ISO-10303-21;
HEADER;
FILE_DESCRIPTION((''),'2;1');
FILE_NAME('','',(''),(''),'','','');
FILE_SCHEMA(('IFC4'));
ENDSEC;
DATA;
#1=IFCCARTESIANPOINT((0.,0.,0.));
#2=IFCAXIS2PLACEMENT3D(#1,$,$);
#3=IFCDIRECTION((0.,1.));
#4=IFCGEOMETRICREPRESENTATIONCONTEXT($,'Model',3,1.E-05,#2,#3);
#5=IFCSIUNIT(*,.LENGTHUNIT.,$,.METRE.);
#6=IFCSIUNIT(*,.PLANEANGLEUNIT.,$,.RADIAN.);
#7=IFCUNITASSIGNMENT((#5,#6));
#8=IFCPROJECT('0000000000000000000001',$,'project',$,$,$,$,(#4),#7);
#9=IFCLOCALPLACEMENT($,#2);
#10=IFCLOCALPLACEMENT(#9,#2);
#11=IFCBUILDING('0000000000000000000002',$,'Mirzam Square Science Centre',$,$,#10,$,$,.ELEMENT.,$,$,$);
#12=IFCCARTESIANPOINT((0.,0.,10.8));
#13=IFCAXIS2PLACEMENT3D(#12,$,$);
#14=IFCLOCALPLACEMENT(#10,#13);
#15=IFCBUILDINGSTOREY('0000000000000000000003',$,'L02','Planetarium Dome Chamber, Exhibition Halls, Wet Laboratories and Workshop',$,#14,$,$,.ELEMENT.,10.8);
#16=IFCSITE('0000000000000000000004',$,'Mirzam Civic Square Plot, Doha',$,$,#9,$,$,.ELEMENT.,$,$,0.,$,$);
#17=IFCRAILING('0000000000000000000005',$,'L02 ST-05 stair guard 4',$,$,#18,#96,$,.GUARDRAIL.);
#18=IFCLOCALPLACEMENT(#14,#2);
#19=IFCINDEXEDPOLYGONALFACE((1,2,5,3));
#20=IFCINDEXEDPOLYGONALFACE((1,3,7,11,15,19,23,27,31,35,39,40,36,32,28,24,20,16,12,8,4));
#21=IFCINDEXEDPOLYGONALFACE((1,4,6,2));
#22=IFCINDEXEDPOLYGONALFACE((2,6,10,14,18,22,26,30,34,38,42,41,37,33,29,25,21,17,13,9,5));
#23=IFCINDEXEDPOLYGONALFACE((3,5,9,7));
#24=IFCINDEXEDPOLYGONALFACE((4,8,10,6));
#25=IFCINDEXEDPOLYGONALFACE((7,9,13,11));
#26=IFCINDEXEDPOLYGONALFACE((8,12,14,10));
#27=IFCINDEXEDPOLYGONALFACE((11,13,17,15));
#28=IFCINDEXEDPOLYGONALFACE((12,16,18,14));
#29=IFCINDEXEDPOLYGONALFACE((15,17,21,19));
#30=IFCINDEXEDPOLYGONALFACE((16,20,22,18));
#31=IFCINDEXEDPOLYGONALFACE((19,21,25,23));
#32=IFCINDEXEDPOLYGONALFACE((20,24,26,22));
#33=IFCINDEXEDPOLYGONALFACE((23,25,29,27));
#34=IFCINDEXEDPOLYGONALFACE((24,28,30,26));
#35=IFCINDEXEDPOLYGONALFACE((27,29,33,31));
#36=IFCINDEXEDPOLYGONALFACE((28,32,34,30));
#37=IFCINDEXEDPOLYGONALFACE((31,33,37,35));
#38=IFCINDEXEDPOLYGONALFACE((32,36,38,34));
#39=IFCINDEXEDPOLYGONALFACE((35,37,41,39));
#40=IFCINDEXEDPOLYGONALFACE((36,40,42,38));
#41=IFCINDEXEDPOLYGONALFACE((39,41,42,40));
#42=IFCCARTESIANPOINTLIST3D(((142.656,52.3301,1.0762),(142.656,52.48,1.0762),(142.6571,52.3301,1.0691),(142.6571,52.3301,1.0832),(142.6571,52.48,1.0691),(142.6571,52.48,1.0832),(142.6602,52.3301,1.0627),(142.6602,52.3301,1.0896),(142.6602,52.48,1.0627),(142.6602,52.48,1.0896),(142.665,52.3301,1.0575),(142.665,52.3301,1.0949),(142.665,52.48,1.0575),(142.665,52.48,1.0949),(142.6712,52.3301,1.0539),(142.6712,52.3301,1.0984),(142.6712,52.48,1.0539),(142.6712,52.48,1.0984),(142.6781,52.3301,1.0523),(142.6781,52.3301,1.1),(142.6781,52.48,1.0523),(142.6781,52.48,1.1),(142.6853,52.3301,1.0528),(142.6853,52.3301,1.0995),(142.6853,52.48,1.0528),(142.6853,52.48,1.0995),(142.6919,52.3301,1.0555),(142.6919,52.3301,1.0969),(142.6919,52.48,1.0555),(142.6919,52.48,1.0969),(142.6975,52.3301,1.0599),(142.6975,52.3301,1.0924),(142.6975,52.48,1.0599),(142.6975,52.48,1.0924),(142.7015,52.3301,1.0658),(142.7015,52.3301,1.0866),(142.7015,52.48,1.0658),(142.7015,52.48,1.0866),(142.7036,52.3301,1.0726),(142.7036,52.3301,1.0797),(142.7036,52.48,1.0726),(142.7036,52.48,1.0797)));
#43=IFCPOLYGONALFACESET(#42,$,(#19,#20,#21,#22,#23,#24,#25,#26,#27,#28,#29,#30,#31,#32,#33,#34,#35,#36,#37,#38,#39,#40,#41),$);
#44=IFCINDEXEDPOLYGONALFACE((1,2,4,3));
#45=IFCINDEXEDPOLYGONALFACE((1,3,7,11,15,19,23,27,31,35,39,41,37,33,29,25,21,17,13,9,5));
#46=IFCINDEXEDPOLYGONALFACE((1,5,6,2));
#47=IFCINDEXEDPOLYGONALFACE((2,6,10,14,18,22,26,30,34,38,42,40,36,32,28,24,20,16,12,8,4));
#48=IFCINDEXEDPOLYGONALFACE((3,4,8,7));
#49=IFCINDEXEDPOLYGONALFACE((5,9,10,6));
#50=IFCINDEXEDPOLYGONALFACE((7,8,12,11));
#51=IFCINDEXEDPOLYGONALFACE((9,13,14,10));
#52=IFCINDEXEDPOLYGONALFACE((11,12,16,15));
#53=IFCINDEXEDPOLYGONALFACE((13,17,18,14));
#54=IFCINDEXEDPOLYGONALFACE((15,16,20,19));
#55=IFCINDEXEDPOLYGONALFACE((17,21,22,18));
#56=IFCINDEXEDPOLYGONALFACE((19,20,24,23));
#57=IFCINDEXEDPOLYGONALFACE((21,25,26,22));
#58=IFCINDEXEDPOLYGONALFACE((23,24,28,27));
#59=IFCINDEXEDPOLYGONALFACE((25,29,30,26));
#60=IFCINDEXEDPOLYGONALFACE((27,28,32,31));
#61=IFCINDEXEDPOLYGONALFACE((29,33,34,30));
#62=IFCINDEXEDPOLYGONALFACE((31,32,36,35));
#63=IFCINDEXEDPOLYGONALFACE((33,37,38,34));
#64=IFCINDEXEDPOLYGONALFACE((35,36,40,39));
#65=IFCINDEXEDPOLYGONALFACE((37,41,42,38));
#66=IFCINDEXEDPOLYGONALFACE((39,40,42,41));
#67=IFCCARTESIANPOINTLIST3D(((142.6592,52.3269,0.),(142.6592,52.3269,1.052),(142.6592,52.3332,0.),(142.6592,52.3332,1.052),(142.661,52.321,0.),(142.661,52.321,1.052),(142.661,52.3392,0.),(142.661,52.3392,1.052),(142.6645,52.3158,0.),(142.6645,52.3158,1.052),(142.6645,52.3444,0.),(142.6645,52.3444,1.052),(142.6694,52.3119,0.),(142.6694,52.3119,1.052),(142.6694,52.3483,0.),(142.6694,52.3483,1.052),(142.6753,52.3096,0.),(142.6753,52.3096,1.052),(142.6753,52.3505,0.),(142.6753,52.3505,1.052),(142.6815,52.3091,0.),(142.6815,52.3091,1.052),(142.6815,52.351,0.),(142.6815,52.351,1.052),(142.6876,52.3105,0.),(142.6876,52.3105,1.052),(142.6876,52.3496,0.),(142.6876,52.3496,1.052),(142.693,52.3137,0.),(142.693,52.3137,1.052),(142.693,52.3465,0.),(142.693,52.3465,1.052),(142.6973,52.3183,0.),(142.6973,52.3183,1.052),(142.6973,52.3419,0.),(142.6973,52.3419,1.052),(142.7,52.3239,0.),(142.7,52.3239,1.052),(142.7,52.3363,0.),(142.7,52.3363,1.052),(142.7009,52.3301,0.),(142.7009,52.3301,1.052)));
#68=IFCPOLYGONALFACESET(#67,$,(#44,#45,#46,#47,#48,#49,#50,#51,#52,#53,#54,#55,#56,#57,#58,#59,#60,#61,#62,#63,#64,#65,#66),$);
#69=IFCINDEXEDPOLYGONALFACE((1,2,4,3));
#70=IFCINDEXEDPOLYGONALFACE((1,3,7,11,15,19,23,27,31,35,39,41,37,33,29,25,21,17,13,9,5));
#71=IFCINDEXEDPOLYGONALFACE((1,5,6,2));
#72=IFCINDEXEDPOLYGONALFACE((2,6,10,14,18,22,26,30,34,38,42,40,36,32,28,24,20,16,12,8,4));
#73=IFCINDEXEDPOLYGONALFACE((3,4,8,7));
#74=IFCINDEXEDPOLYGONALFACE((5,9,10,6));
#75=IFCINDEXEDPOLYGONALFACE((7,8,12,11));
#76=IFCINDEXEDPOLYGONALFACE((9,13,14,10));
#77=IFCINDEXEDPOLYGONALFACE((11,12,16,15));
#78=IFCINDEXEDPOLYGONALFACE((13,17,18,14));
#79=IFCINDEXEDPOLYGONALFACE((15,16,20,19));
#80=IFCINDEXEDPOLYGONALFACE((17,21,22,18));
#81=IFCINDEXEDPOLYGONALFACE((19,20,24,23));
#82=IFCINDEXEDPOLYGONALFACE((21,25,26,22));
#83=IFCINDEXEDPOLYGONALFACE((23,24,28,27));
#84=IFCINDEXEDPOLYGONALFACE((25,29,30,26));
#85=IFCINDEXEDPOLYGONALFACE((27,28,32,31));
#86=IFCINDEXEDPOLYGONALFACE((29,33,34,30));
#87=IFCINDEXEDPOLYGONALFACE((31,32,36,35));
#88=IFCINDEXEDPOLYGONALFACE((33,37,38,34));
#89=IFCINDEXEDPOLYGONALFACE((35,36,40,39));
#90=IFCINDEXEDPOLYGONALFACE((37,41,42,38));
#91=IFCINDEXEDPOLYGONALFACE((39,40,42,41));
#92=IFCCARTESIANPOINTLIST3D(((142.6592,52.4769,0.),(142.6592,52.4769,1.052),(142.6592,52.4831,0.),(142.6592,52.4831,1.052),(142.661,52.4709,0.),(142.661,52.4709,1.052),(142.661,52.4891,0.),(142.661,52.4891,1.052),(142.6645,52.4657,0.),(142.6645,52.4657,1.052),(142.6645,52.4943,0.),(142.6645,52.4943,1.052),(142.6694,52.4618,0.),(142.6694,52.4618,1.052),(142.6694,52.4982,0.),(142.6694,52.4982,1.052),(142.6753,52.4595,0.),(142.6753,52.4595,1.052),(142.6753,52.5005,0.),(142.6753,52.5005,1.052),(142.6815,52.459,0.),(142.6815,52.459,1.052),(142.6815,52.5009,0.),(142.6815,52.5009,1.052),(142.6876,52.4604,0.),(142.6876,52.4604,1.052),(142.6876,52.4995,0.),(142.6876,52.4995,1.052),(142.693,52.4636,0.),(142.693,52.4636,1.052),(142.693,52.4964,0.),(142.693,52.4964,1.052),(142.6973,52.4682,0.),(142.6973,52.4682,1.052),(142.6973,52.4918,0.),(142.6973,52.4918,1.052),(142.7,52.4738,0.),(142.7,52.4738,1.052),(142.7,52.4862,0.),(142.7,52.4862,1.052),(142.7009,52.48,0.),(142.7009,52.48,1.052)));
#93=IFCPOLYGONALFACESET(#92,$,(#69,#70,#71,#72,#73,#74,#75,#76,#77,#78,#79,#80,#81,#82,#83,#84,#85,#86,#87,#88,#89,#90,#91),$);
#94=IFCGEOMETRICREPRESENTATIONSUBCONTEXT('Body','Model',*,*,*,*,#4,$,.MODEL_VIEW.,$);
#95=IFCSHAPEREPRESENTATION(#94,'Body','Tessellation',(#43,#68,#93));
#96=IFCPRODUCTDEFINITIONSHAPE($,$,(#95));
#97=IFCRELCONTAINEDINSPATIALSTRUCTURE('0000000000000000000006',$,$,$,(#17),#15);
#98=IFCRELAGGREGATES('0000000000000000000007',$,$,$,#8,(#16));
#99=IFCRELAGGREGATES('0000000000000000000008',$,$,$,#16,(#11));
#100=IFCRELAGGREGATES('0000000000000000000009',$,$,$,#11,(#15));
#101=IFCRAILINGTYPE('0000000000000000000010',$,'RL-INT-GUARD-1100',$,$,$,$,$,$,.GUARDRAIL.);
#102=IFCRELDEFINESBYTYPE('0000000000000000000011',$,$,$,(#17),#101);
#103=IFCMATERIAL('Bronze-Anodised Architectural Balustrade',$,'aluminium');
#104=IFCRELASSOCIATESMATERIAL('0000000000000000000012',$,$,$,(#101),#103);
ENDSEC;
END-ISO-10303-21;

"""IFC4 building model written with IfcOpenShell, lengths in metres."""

from ifc_helpers import new_model, si_unit, direction, frame, origin, origin_2d, place, context, subcontext, project, spatial, circle, extrude, material, type_object, element, save


model = new_model("IFC4")

# Units and contexts
model_context = context("Model", 3, precision=1e-05, world=origin(), true_north=direction((0.0, 1.0)))
body_context = subcontext(model_context, "Body", "Model", "MODEL_VIEW")
ifc_project = project(units=[si_unit("LENGTHUNIT", "METRE"), si_unit("PLANEANGLEUNIT", "RADIAN")], contexts=[model_context])

# Site, building, storey
site_placement = place(None, origin())
site = spatial("IfcSite", under=ifc_project, at=site_placement, Name="Mirzam Civic Square Plot, Doha", CompositionType="ELEMENT", RefElevation=0.0)
building_placement = place(site_placement, origin())
building = spatial("IfcBuilding", under=site, at=building_placement, Name="Mirzam Square Science Centre", CompositionType="ELEMENT")
storey_placement = place(building_placement, frame((0.0, 0.0, 10.8)))
storey = spatial("IfcBuildingStorey", under=building, at=storey_placement, Name="L02", Description="Planetarium Dome Chamber, Exhibition Halls, Wet Laboratories and Workshop", CompositionType="ELEMENT", Elevation=10.8)

# Railing
ifc_material_1 = material(Name="Bronze-Anodised Architectural Balustrade", Category="aluminium")
railing_type_1 = type_object("IfcRailingType", Name="RL-INT-GUARD-1100", PredefinedType="GUARDRAIL", material=ifc_material_1)
railing_1_placement = place(storey_placement, frame((142.6799, 52.3301, 0.0)))
element("IfcRailing", 1, at=railing_1_placement, inside=storey, type_object=railing_type_1, Name="L02 ST-05 stair guard 4", PredefinedType="GUARDRAIL", context=body_context, shape_type="SweptSolid", body=[
    extrude(circle(Radius=0.0239, at=origin_2d()), frame((0.0, 0.0, 1.0762), z_axis=(0.0, 1.0, 0.0), x_axis=(-1.0, 0.0, 0.0)), (0.0, 0.0, 1.0), 0.1499),
    extrude(circle(Radius=0.021, at=origin_2d()), origin(), (0.0, 0.0, 1.0), 1.052),
    extrude(circle(Radius=0.021, at=origin_2d()), frame((0.0, 0.1499, 0.0)), (0.0, 0.0, 1.0), 1.052),
])

save(model, "model.ifc")
